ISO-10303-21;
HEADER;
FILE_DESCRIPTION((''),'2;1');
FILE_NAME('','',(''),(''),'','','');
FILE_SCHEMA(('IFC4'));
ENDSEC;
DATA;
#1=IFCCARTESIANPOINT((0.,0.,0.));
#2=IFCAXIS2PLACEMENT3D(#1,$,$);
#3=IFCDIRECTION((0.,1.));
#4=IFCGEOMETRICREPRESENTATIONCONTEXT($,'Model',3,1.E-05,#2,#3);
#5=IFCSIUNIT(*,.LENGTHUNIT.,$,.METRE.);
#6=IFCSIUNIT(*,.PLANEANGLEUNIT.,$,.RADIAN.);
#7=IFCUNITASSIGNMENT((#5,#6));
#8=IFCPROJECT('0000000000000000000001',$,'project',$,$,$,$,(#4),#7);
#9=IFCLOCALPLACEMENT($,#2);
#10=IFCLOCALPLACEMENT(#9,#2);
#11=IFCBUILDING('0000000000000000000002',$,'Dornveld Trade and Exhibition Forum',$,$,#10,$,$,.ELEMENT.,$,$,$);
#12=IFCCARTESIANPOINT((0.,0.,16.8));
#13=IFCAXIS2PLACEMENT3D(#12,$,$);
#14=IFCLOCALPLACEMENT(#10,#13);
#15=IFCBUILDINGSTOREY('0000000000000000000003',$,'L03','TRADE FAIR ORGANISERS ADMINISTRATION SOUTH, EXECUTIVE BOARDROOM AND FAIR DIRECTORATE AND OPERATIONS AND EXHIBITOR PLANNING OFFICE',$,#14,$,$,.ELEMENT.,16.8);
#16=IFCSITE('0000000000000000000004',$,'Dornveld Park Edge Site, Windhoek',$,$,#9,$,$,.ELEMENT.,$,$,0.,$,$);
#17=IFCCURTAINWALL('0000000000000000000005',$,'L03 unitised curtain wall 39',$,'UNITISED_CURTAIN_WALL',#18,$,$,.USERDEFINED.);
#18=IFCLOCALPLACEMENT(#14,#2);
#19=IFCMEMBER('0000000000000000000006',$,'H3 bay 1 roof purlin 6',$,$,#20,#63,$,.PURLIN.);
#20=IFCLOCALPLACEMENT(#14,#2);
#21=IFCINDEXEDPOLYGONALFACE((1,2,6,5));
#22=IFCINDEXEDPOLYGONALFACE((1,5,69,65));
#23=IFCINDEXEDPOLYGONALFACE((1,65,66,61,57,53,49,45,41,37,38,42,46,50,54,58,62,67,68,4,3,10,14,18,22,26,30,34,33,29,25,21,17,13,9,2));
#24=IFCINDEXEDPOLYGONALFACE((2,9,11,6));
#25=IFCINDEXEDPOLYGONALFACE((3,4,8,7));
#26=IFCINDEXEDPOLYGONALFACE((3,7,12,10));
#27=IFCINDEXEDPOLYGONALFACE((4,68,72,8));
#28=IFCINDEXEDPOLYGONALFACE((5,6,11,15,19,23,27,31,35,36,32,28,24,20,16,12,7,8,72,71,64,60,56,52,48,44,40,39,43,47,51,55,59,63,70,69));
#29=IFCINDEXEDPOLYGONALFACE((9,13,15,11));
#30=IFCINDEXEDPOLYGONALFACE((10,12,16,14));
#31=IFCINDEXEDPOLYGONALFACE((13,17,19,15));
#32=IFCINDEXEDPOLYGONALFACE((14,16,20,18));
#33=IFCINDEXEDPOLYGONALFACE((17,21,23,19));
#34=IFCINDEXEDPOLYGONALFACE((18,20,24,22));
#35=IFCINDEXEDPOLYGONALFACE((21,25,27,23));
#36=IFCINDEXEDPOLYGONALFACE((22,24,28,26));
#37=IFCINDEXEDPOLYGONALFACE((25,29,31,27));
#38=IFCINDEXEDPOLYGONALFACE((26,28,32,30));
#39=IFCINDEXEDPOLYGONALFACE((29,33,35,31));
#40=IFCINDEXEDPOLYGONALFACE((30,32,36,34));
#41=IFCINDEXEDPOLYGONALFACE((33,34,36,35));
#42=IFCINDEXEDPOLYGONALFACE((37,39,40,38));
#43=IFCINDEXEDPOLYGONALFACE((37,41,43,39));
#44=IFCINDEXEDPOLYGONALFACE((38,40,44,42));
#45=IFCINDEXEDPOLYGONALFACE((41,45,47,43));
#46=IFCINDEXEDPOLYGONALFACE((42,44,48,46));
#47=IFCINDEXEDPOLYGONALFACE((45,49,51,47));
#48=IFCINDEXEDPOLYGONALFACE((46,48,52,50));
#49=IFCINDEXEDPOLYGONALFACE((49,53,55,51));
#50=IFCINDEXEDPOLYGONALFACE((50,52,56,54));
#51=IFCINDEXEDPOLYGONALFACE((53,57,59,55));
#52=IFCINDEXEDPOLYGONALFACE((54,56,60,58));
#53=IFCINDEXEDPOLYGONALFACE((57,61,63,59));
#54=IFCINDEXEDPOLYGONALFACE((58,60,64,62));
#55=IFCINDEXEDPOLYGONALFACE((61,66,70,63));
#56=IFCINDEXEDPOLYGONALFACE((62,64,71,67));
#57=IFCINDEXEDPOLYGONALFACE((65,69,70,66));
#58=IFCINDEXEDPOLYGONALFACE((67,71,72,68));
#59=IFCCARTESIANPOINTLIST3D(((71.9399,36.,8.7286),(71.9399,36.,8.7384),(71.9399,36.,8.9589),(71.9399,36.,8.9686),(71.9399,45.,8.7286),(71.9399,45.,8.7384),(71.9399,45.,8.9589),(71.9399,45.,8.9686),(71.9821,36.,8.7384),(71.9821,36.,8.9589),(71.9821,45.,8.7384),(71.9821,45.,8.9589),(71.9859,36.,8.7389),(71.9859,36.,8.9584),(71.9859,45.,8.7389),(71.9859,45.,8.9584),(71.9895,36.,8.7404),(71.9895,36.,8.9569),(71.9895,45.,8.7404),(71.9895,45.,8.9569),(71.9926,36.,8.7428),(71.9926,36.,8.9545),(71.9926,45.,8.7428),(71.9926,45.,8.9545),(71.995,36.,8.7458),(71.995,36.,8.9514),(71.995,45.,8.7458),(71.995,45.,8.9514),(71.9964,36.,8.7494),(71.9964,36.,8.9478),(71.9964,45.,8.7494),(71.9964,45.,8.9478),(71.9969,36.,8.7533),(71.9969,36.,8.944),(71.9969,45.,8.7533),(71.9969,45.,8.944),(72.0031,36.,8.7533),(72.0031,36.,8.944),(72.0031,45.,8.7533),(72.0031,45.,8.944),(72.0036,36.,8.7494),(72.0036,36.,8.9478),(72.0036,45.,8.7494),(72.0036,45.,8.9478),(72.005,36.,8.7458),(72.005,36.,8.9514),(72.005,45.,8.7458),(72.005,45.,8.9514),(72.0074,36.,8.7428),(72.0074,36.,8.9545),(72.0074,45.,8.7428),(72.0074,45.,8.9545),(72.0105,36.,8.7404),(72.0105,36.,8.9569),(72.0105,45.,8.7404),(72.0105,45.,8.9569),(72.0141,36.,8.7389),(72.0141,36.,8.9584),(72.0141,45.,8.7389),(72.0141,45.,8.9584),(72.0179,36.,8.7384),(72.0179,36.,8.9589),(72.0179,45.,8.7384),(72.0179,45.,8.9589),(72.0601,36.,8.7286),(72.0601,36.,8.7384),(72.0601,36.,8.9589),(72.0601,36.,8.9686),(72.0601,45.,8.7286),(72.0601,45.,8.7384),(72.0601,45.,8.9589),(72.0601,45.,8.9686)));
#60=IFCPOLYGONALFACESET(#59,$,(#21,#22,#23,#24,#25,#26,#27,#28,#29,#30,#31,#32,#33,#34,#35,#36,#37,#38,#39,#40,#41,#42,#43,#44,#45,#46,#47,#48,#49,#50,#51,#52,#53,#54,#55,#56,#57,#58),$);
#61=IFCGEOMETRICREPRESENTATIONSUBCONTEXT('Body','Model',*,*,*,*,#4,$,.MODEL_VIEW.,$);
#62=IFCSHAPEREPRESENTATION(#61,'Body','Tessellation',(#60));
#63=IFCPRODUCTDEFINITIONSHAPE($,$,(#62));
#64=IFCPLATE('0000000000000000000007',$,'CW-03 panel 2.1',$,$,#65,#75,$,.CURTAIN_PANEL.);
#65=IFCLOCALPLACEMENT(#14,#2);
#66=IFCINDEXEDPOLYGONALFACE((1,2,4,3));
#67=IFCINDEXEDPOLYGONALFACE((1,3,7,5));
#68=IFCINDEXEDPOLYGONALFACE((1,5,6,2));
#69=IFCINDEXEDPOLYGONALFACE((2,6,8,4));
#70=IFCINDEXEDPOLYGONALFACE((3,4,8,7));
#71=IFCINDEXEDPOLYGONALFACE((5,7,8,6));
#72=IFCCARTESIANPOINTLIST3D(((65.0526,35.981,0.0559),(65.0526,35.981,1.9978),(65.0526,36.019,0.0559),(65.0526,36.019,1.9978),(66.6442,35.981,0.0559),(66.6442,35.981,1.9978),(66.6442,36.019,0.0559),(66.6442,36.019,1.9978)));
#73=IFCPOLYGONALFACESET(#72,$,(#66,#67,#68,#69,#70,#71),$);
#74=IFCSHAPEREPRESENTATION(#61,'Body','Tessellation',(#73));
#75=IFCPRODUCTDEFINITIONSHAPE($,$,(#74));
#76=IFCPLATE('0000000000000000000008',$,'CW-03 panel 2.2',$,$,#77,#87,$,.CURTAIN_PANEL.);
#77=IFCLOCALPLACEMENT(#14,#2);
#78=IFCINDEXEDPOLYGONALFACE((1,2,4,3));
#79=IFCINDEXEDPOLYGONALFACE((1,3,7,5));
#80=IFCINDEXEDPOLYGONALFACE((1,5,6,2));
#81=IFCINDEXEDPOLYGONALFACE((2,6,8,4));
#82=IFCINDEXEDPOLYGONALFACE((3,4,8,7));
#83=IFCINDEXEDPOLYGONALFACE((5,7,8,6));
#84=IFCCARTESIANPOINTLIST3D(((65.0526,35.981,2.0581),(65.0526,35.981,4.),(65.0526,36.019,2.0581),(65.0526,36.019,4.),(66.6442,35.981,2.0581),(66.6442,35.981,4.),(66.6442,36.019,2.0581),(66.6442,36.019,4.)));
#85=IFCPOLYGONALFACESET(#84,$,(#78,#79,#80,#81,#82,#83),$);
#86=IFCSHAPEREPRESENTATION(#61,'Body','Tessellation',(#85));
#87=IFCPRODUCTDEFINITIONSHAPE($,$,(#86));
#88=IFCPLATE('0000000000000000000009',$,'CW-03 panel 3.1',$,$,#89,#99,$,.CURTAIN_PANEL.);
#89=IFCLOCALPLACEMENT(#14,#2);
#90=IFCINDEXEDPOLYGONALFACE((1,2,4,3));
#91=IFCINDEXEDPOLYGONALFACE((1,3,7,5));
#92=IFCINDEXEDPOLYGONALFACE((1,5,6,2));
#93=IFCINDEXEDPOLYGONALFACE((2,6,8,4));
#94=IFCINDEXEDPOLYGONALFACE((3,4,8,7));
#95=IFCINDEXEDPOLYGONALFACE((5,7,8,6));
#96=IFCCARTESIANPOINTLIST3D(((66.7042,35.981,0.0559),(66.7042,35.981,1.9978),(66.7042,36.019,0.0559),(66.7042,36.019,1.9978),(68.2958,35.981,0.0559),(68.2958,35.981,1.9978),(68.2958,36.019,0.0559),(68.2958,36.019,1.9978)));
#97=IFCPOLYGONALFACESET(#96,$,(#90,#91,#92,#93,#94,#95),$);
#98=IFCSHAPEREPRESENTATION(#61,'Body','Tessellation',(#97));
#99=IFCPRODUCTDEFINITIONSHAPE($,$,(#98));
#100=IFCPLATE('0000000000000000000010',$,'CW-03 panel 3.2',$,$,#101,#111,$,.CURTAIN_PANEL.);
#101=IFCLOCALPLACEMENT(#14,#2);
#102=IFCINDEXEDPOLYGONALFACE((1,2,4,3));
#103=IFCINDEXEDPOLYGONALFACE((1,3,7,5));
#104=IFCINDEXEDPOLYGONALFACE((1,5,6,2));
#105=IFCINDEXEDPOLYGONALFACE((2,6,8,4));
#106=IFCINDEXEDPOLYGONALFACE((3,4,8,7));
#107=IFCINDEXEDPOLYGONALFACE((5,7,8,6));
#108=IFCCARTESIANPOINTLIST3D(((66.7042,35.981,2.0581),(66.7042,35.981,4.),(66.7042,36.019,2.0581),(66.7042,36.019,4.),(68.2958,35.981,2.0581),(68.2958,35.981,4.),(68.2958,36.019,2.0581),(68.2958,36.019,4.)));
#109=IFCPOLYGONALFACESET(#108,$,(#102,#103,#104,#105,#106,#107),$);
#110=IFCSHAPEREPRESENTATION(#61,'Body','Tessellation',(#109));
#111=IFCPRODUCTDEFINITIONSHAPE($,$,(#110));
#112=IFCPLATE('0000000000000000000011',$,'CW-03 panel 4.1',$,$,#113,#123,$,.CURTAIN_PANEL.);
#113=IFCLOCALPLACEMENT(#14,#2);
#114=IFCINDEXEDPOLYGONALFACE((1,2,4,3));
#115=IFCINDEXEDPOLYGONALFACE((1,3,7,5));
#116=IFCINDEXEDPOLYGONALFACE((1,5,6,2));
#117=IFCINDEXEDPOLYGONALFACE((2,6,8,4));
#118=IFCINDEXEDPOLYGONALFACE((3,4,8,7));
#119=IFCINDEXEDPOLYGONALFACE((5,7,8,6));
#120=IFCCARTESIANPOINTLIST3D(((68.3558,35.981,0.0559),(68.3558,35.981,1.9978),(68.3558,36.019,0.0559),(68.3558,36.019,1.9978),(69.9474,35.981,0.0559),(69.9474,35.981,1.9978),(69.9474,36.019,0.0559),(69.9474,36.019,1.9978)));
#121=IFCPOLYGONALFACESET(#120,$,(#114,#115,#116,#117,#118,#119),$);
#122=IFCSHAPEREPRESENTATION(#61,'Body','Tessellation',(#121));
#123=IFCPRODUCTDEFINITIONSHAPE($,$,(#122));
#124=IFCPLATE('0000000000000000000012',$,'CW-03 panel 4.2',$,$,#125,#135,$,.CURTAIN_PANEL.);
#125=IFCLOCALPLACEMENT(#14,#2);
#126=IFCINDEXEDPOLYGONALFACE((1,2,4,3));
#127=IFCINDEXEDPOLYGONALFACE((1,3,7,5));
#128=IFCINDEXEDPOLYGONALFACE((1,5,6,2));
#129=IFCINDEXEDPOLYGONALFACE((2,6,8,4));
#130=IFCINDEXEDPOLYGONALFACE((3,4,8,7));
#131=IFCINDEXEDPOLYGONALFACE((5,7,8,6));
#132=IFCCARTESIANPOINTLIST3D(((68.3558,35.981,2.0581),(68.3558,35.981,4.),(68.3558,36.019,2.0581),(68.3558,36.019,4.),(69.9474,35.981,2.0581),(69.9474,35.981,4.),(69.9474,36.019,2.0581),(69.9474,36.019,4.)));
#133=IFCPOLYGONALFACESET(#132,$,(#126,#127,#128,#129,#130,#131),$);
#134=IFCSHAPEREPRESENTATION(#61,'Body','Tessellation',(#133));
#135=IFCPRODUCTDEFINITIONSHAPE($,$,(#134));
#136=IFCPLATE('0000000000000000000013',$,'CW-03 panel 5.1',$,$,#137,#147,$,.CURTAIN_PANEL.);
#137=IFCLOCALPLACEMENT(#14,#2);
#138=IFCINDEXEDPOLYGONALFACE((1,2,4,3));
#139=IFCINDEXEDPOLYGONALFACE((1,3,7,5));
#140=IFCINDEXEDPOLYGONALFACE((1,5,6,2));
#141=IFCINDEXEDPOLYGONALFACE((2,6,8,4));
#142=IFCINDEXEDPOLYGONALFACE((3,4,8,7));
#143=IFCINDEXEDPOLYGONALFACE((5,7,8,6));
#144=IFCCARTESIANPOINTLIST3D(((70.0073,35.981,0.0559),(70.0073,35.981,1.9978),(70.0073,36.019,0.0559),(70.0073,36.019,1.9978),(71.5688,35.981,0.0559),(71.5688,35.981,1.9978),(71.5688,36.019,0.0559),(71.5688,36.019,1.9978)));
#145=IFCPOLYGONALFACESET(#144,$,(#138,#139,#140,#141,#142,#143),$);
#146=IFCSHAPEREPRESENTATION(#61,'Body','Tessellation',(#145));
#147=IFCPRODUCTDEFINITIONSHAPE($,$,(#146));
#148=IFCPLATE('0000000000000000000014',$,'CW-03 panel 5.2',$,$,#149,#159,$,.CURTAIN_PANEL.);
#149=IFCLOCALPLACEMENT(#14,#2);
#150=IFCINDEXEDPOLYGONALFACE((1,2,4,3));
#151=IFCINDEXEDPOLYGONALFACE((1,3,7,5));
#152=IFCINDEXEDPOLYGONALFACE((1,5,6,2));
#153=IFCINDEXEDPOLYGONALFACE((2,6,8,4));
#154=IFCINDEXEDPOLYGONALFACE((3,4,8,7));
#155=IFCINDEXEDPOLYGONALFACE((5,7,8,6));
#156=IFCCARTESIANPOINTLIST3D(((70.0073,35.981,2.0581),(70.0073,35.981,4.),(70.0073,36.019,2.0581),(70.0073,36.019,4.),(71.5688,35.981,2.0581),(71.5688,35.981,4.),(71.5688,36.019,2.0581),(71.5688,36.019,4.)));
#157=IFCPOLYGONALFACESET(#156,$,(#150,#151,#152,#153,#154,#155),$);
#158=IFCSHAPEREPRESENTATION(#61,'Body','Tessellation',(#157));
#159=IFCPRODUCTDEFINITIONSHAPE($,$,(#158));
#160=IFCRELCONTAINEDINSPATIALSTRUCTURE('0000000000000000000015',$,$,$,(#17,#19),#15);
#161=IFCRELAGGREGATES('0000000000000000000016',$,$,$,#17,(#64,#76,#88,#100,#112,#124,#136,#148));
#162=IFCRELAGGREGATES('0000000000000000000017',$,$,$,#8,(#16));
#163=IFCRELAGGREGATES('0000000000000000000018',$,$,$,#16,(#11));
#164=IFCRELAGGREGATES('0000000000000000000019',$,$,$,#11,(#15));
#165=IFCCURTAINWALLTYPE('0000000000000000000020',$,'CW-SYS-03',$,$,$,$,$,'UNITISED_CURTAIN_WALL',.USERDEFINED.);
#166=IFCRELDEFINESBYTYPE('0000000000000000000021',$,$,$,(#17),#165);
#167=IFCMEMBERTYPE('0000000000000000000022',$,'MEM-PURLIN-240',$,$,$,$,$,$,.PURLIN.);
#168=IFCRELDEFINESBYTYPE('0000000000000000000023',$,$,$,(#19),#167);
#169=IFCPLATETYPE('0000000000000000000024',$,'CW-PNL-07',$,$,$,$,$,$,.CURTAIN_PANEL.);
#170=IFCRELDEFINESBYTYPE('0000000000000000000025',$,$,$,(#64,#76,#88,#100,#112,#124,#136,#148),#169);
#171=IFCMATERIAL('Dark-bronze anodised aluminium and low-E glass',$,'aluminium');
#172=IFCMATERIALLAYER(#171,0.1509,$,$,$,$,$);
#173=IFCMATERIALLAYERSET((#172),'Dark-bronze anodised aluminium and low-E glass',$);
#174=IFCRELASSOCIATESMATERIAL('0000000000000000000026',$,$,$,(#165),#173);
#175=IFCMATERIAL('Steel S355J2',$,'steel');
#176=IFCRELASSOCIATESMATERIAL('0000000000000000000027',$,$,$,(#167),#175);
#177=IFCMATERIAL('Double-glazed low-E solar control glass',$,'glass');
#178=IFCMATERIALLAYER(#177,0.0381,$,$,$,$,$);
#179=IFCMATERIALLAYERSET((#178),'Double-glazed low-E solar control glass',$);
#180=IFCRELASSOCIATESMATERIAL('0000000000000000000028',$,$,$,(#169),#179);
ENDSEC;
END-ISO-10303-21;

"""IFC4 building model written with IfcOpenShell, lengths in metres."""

from ifc_helpers import new_model, si_unit, direction, frame, origin, origin_2d, place, context, subcontext, project, spatial, rectangle, i_section, extrude, material, layer, layer_set, material_profile, profile_set, type_object, element, aggregate, save


model = new_model("IFC4")

# Units and contexts
model_context = context("Model", 3, precision=1e-05, world=origin(), true_north=direction((0.0, 1.0)))
body_context = subcontext(model_context, "Body", "Model", "MODEL_VIEW")
ifc_project = project(units=[si_unit("LENGTHUNIT", "METRE"), si_unit("PLANEANGLEUNIT", "RADIAN")], contexts=[model_context])

# Site, building, storey
site_placement = place(None, origin())
site = spatial("IfcSite", under=ifc_project, at=site_placement, Name="Dornveld Park Edge Site, Windhoek", CompositionType="ELEMENT", RefElevation=0.0)
building_placement = place(site_placement, origin())
building = spatial("IfcBuilding", under=site, at=building_placement, Name="Dornveld Trade and Exhibition Forum", CompositionType="ELEMENT")
storey_placement = place(building_placement, frame((0.0, 0.0, 16.8)))
storey = spatial("IfcBuildingStorey", under=building, at=storey_placement, Name="L03", Description="TRADE FAIR ORGANISERS ADMINISTRATION SOUTH, EXECUTIVE BOARDROOM AND FAIR DIRECTORATE AND OPERATIONS AND EXHIBITOR PLANNING OFFICE", CompositionType="ELEMENT", Elevation=16.8)

# Curtain wall
ifc_material_1 = material(Name="Dark-bronze anodised aluminium and low-E glass", Category="aluminium")
ifc_layer_1 = layer(ifc_material_1, 0.1509)
ifc_layer_set_1 = layer_set([ifc_layer_1], Name="Dark-bronze anodised aluminium and low-E glass")
curtain_wall_type_1 = type_object("IfcCurtainWallType", Name="CW-SYS-03", ElementType="UNITISED_CURTAIN_WALL", PredefinedType="USERDEFINED", material=ifc_layer_set_1)
curtain_wall_1_placement = place(storey_placement, origin())
curtain_wall_1 = element("IfcCurtainWall", 1, at=curtain_wall_1_placement, inside=storey, type_object=curtain_wall_type_1, Name="L03 unitised curtain wall 39", ObjectType="UNITISED_CURTAIN_WALL", PredefinedType="USERDEFINED")

# Member
ifc_material_2 = material(Name="Steel S355J2", Category="steel")
ifc_material_profile_1 = material_profile(ifc_material_2, i_section(OverallWidth=0.1201, OverallDepth=0.24, WebThickness=0.0061, FlangeThickness=0.0098, FilletRadius=0.0149, at=origin_2d()), Name="IPE 240")
ifc_profile_set_1 = profile_set([ifc_material_profile_1], Name="Steel S355J2")
member_type_1 = type_object("IfcMemberType", Name="MEM-PURLIN-240", PredefinedType="PURLIN", material=ifc_profile_set_1)
member_1_placement = place(storey_placement, frame((72.0, 36.0, 8.8486), z_axis=(0.0, 1.0, 0.0), x_axis=(-1.0, 0.0, 0.0)))
element("IfcMember", 2, at=member_1_placement, inside=storey, type_object=member_type_1, Name="H3 bay 1 roof purlin 6", PredefinedType="PURLIN", context=body_context, shape_type="SweptSolid", body=[
    extrude(i_section(OverallWidth=0.1201, OverallDepth=0.24, WebThickness=0.0061, FlangeThickness=0.0098, FilletRadius=0.0149, at=origin_2d()), origin(), (0.0, 0.0, 1.0), 9.0),
])

# Plates
ifc_material_3 = material(Name="Double-glazed low-E solar control glass", Category="glass")
ifc_layer_2 = layer(ifc_material_3, 0.0381)
ifc_layer_set_2 = layer_set([ifc_layer_2], Name="Double-glazed low-E solar control glass")
plate_type = type_object("IfcPlateType", Name="CW-PNL-07", PredefinedType="CURTAIN_PANEL", material=ifc_layer_set_2)
plate_1_placement = place(storey_placement, frame((65.8484, 36.0, 0.0559), z_axis=(0.0, 0.0, 1.0), x_axis=(1.0, 0.0, 0.0)))
plate_1 = element("IfcPlate", 3, at=plate_1_placement, type_object=plate_type, Name="CW-03 panel 2.1", PredefinedType="CURTAIN_PANEL", context=body_context, shape_type="SweptSolid", body=[
    extrude(rectangle(XDim=1.5916, YDim=0.0381, at=origin_2d()), origin(), (0.0, 0.0, 1.0), 1.9419),
])
plate_2_placement = place(storey_placement, frame((65.8484, 36.0, 2.0581), z_axis=(0.0, 0.0, 1.0), x_axis=(1.0, 0.0, 0.0)))
plate_2 = element("IfcPlate", 4, at=plate_2_placement, type_object=plate_type, Name="CW-03 panel 2.2", PredefinedType="CURTAIN_PANEL", context=body_context, shape_type="SweptSolid", body=[
    extrude(rectangle(XDim=1.5916, YDim=0.0381, at=origin_2d()), origin(), (0.0, 0.0, 1.0), 1.9419),
])
plate_3_placement = place(storey_placement, frame((67.5, 36.0, 0.0559), z_axis=(0.0, 0.0, 1.0), x_axis=(1.0, 0.0, 0.0)))
plate_3 = element("IfcPlate", 5, at=plate_3_placement, type_object=plate_type, Name="CW-03 panel 3.1", PredefinedType="CURTAIN_PANEL", context=body_context, shape_type="SweptSolid", body=[
    extrude(rectangle(XDim=1.5916, YDim=0.0381, at=origin_2d()), origin(), (0.0, 0.0, 1.0), 1.9419),
])
plate_4_placement = place(storey_placement, frame((67.5, 36.0, 2.0581), z_axis=(0.0, 0.0, 1.0), x_axis=(1.0, 0.0, 0.0)))
plate_4 = element("IfcPlate", 6, at=plate_4_placement, type_object=plate_type, Name="CW-03 panel 3.2", PredefinedType="CURTAIN_PANEL", context=body_context, shape_type="SweptSolid", body=[
    extrude(rectangle(XDim=1.5916, YDim=0.0381, at=origin_2d()), origin(), (0.0, 0.0, 1.0), 1.9419),
])
plate_5_placement = place(storey_placement, frame((69.1516, 36.0, 0.0559), z_axis=(0.0, 0.0, 1.0), x_axis=(1.0, 0.0, 0.0)))
plate_5 = element("IfcPlate", 7, at=plate_5_placement, type_object=plate_type, Name="CW-03 panel 4.1", PredefinedType="CURTAIN_PANEL", context=body_context, shape_type="SweptSolid", body=[
    extrude(rectangle(XDim=1.5916, YDim=0.0381, at=origin_2d()), origin(), (0.0, 0.0, 1.0), 1.9419),
])
plate_6_placement = place(storey_placement, frame((69.1516, 36.0, 2.0581), z_axis=(0.0, 0.0, 1.0), x_axis=(1.0, 0.0, 0.0)))
plate_6 = element("IfcPlate", 8, at=plate_6_placement, type_object=plate_type, Name="CW-03 panel 4.2", PredefinedType="CURTAIN_PANEL", context=body_context, shape_type="SweptSolid", body=[
    extrude(rectangle(XDim=1.5916, YDim=0.0381, at=origin_2d()), origin(), (0.0, 0.0, 1.0), 1.9419),
])
plate_7_placement = place(storey_placement, frame((70.7881, 36.0, 0.0559), z_axis=(0.0, 0.0, 1.0), x_axis=(1.0, 0.0, 0.0)))
plate_7 = element("IfcPlate", 9, at=plate_7_placement, type_object=plate_type, Name="CW-03 panel 5.1", PredefinedType="CURTAIN_PANEL", context=body_context, shape_type="SweptSolid", body=[
    extrude(rectangle(XDim=1.5615, YDim=0.0381, at=origin_2d()), origin(), (0.0, 0.0, 1.0), 1.9419),
])
plate_8_placement = place(storey_placement, frame((70.7881, 36.0, 2.0581), z_axis=(0.0, 0.0, 1.0), x_axis=(1.0, 0.0, 0.0)))
plate_8 = element("IfcPlate", 10, at=plate_8_placement, type_object=plate_type, Name="CW-03 panel 5.2", PredefinedType="CURTAIN_PANEL", context=body_context, shape_type="SweptSolid", body=[
    extrude(rectangle(XDim=1.5615, YDim=0.0381, at=origin_2d()), origin(), (0.0, 0.0, 1.0), 1.9419),
])
aggregate(curtain_wall_1, [plate_1, plate_2, plate_3, plate_4, plate_5, plate_6, plate_7, plate_8])

save(model, "model.ifc")
